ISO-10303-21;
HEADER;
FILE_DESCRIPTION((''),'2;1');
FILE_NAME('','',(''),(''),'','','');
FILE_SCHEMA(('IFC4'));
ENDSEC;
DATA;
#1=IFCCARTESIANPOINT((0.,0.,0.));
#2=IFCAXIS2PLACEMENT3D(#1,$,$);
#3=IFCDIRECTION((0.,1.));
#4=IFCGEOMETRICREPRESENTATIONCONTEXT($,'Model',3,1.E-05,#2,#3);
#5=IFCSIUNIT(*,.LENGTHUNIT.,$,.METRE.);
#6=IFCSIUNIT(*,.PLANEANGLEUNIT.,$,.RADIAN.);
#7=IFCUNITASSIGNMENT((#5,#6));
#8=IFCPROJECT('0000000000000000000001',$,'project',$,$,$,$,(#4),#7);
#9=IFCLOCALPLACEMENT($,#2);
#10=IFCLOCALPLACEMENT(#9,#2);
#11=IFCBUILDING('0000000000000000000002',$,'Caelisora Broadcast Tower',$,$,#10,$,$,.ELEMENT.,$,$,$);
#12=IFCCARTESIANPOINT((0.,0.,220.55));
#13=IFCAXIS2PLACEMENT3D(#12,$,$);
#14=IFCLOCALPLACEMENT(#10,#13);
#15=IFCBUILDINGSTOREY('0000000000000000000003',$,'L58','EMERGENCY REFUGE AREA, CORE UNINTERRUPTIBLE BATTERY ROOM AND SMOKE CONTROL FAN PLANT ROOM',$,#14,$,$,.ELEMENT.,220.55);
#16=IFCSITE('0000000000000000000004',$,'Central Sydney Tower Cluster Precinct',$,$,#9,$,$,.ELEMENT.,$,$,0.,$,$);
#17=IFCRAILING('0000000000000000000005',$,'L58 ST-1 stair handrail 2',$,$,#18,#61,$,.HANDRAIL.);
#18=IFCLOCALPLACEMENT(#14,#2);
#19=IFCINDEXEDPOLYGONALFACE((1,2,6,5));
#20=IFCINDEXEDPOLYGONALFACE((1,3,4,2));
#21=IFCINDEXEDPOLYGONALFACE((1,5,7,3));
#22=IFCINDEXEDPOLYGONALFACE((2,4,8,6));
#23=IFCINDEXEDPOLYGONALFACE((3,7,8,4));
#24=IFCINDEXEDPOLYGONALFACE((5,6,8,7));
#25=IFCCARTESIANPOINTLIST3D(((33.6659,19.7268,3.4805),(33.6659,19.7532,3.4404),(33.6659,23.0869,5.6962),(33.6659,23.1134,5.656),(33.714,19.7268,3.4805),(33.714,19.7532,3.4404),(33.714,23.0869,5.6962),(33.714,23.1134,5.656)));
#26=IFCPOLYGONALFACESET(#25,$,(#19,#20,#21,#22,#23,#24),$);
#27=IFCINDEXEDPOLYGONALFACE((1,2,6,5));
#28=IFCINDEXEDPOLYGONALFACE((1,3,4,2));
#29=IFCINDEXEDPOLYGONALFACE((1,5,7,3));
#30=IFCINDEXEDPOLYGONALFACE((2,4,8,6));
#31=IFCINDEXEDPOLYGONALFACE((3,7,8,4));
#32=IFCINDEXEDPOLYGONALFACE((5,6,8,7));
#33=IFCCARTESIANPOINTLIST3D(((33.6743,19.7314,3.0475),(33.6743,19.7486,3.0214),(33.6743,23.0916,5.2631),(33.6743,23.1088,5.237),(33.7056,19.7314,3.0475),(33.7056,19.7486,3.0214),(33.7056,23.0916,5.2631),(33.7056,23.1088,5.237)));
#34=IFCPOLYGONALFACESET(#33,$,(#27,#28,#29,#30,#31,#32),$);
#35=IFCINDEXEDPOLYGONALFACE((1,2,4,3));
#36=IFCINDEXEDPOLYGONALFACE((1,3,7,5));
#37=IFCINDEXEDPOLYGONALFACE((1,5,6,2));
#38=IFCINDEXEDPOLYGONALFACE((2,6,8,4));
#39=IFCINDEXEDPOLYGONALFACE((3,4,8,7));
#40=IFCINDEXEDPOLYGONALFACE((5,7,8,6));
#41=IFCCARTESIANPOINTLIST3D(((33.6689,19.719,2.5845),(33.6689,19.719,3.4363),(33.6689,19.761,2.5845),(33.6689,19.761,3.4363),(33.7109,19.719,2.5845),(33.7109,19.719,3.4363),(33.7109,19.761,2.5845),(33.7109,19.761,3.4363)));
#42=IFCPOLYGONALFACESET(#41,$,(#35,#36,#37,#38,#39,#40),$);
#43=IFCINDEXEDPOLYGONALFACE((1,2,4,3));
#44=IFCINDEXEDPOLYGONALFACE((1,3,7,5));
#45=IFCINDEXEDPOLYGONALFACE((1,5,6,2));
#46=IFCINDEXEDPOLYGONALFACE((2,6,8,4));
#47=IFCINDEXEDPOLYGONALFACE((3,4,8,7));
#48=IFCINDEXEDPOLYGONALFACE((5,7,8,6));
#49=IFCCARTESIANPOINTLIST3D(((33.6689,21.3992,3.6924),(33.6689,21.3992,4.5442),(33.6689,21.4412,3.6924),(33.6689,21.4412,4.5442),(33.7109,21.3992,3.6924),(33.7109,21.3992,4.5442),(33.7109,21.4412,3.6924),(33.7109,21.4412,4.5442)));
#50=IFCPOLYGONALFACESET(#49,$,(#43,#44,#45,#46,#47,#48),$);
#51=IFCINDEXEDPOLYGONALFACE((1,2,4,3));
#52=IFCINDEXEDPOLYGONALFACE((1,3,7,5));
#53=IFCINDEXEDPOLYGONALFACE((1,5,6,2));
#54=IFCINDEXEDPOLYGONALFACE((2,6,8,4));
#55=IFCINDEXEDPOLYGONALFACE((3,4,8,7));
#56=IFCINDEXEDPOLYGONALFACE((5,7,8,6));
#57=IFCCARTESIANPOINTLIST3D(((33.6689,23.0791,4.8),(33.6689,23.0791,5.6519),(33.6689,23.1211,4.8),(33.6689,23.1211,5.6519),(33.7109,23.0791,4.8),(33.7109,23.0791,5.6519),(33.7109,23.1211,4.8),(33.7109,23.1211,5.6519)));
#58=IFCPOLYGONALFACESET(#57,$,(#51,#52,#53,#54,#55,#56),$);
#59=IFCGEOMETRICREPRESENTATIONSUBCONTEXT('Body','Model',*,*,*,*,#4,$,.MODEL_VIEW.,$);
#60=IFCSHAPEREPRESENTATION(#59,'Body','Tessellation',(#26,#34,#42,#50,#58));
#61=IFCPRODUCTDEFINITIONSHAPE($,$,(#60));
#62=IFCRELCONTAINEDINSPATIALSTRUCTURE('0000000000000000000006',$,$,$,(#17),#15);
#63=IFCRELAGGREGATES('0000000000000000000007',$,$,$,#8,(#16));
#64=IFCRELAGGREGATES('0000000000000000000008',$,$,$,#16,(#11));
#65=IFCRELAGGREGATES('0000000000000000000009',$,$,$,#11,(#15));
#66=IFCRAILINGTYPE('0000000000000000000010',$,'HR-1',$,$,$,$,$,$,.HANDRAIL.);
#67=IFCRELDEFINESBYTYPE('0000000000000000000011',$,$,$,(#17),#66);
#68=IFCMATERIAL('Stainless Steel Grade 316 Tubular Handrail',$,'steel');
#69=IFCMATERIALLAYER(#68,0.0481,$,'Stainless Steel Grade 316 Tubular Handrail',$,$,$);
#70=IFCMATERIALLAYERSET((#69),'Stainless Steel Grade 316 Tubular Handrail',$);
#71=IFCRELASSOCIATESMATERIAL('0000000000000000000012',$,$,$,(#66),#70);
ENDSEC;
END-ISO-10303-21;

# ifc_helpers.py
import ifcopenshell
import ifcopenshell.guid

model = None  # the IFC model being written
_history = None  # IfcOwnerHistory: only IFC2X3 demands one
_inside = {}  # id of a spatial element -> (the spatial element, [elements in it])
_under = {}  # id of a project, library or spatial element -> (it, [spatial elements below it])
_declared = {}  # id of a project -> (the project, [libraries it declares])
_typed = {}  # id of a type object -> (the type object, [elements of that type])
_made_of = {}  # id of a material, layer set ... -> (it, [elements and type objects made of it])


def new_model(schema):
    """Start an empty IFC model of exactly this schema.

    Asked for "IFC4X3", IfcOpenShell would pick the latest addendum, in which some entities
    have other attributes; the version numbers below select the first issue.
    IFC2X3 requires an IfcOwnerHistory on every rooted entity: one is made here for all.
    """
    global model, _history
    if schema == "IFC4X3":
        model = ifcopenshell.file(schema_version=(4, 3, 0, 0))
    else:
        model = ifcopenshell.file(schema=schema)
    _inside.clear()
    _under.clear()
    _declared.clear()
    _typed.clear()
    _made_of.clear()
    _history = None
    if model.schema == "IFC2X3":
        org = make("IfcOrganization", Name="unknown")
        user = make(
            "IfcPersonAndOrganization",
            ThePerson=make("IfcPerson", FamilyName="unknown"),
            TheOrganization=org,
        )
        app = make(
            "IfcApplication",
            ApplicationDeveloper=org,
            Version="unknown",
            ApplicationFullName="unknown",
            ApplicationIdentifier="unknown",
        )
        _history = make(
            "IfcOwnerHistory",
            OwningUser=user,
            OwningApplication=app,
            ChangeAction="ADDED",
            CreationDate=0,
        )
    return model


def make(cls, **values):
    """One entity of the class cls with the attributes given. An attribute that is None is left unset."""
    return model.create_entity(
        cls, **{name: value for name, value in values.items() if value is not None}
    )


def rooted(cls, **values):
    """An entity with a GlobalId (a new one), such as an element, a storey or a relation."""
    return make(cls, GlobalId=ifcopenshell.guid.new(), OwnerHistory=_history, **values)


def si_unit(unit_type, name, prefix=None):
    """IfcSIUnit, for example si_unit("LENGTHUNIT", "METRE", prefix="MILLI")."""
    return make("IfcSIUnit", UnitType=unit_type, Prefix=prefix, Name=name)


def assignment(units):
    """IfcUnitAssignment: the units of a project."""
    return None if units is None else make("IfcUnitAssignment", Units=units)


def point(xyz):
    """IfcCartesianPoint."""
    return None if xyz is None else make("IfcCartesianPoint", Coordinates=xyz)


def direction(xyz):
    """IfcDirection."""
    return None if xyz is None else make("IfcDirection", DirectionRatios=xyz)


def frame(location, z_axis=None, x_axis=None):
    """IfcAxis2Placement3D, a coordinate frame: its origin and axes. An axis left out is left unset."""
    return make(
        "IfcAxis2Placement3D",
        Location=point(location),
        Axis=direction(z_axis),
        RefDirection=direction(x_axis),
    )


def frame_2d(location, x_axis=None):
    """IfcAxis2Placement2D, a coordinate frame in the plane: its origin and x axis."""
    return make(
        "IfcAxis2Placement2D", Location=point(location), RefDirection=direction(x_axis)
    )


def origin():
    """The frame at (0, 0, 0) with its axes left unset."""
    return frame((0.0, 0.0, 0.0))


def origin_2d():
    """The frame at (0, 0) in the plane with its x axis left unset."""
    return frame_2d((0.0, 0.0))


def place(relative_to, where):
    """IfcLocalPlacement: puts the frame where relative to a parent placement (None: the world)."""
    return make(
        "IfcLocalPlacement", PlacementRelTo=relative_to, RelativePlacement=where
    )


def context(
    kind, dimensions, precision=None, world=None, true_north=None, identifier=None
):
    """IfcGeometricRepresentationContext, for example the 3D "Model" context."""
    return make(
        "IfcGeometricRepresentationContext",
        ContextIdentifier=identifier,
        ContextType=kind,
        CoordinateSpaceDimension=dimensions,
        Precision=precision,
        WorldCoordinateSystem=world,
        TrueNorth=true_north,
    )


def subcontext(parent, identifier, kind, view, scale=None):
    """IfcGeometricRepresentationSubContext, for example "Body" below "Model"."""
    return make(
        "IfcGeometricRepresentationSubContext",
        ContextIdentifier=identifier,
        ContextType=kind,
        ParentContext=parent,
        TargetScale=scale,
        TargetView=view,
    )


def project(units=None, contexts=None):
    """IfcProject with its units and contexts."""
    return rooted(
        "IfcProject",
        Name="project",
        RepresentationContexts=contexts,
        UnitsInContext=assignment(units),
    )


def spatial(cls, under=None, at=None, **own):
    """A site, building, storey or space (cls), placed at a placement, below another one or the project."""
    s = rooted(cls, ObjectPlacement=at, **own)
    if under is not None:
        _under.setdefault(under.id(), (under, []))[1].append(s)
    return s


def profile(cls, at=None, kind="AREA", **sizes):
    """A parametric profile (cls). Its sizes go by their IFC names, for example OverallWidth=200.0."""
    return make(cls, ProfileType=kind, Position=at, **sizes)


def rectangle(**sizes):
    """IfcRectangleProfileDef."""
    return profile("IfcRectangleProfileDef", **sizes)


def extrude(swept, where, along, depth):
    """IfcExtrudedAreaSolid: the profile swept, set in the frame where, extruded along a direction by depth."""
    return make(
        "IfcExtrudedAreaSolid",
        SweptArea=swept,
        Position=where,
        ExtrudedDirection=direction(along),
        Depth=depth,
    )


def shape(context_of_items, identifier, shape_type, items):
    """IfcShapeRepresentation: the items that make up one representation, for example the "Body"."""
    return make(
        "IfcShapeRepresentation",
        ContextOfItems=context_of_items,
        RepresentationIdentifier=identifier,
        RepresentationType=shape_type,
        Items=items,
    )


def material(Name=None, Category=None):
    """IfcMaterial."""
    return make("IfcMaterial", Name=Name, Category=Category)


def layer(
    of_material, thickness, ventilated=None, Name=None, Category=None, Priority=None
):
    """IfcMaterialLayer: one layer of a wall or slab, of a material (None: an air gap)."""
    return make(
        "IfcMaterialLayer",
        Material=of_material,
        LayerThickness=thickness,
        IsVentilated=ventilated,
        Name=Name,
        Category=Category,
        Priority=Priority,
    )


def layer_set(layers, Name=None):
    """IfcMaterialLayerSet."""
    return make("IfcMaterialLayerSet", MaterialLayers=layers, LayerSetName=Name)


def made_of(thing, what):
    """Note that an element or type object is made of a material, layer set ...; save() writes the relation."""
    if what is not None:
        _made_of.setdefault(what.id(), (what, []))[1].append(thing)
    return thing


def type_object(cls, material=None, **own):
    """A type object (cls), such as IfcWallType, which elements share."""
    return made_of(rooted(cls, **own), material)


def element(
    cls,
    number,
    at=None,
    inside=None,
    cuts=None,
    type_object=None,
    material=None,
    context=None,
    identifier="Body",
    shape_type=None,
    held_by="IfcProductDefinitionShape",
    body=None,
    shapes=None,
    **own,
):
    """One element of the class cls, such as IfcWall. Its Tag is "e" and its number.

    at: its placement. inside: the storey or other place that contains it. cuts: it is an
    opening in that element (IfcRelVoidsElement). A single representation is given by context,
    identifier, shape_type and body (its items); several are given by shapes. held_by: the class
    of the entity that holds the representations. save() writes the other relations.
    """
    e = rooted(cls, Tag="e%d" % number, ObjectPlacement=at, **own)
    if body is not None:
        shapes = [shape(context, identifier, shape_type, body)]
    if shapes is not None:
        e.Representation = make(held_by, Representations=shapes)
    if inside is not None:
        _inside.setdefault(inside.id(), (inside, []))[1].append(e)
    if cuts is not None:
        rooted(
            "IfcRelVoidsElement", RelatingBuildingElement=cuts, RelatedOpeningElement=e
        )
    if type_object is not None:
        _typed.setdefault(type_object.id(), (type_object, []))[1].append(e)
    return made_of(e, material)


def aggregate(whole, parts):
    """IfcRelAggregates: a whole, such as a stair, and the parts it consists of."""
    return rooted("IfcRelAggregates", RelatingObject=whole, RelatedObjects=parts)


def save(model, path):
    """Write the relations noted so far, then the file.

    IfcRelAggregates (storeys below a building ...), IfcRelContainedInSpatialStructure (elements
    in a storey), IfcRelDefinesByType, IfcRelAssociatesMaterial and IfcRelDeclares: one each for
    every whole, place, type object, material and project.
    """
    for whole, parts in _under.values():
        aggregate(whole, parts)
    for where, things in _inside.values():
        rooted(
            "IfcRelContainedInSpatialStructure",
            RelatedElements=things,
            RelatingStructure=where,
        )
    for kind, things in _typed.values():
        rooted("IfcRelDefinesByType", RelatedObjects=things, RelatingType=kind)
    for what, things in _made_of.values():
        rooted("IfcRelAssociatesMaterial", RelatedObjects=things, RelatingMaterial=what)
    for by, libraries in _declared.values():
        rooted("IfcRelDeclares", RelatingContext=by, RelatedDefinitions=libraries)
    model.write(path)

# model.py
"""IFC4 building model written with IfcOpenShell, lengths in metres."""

from ifc_helpers import new_model, si_unit, direction, frame, origin, origin_2d, place, context, subcontext, project, spatial, rectangle, extrude, material, layer, layer_set, type_object, element, save


model = new_model("IFC4")

# Units and contexts
model_context = context("Model", 3, precision=1e-05, world=origin(), true_north=direction((0.0, 1.0)))
body_context = subcontext(model_context, "Body", "Model", "MODEL_VIEW")
ifc_project = project(units=[si_unit("LENGTHUNIT", "METRE"), si_unit("PLANEANGLEUNIT", "RADIAN")], contexts=[model_context])

# Site, building, storey
site_placement = place(None, origin())
site = spatial("IfcSite", under=ifc_project, at=site_placement, Name="Central Sydney Tower Cluster Precinct", CompositionType="ELEMENT", RefElevation=0.0)
building_placement = place(site_placement, origin())
building = spatial("IfcBuilding", under=site, at=building_placement, Name="Caelisora Broadcast Tower", CompositionType="ELEMENT")
storey_placement = place(building_placement, frame((0.0, 0.0, 220.55)))
storey = spatial("IfcBuildingStorey", under=building, at=storey_placement, Name="L58", Description="EMERGENCY REFUGE AREA, CORE UNINTERRUPTIBLE BATTERY ROOM AND SMOKE CONTROL FAN PLANT ROOM", CompositionType="ELEMENT", Elevation=220.55)

# Railing
ifc_material_1 = material(Name="Stainless Steel Grade 316 Tubular Handrail", Category="steel")
ifc_layer_1 = layer(ifc_material_1, 0.0481, Name="Stainless Steel Grade 316 Tubular Handrail")
ifc_layer_set_1 = layer_set([ifc_layer_1], Name="Stainless Steel Grade 316 Tubular Handrail")
railing_type_1 = type_object("IfcRailingType", Name="HR-1", PredefinedType="HANDRAIL", material=ifc_layer_set_1)
railing_1_placement = place(storey_placement, frame((33.6899, 19.74, 2.5845)))
element("IfcRailing", 1, at=railing_1_placement, inside=storey, type_object=railing_type_1, Name="L58 ST-1 stair handrail 2", PredefinedType="HANDRAIL", context=body_context, shape_type="SweptSolid", body=[
    extrude(rectangle(XDim=0.0481, YDim=0.0481, at=origin_2d()), frame((0.0, 0.0, 0.876), z_axis=(0.0, 0.834849, 0.55048), x_axis=(-1.0, 0.0, 0.0)), (0.0, 0.0, 1.0), 4.0249),
    extrude(rectangle(XDim=0.0312, YDim=0.0312, at=origin_2d()), frame((0.0, 0.0, 0.45), z_axis=(0.0, 0.834849, 0.55048), x_axis=(-1.0, 0.0, 0.0)), (0.0, 0.0, 1.0), 4.0249),
    extrude(rectangle(XDim=0.042, YDim=0.042, at=origin_2d()), origin(), (0.0, 0.0, 1.0), 0.8518),
    extrude(rectangle(XDim=0.042, YDim=0.042, at=origin_2d()), frame((0.0, 1.6802, 1.1079)), (0.0, 0.0, 1.0), 0.8518),
    extrude(rectangle(XDim=0.042, YDim=0.042, at=origin_2d()), frame((0.0, 3.3601, 2.2156)), (0.0, 0.0, 1.0), 0.8518),
])

save(model, "model.ifc")
